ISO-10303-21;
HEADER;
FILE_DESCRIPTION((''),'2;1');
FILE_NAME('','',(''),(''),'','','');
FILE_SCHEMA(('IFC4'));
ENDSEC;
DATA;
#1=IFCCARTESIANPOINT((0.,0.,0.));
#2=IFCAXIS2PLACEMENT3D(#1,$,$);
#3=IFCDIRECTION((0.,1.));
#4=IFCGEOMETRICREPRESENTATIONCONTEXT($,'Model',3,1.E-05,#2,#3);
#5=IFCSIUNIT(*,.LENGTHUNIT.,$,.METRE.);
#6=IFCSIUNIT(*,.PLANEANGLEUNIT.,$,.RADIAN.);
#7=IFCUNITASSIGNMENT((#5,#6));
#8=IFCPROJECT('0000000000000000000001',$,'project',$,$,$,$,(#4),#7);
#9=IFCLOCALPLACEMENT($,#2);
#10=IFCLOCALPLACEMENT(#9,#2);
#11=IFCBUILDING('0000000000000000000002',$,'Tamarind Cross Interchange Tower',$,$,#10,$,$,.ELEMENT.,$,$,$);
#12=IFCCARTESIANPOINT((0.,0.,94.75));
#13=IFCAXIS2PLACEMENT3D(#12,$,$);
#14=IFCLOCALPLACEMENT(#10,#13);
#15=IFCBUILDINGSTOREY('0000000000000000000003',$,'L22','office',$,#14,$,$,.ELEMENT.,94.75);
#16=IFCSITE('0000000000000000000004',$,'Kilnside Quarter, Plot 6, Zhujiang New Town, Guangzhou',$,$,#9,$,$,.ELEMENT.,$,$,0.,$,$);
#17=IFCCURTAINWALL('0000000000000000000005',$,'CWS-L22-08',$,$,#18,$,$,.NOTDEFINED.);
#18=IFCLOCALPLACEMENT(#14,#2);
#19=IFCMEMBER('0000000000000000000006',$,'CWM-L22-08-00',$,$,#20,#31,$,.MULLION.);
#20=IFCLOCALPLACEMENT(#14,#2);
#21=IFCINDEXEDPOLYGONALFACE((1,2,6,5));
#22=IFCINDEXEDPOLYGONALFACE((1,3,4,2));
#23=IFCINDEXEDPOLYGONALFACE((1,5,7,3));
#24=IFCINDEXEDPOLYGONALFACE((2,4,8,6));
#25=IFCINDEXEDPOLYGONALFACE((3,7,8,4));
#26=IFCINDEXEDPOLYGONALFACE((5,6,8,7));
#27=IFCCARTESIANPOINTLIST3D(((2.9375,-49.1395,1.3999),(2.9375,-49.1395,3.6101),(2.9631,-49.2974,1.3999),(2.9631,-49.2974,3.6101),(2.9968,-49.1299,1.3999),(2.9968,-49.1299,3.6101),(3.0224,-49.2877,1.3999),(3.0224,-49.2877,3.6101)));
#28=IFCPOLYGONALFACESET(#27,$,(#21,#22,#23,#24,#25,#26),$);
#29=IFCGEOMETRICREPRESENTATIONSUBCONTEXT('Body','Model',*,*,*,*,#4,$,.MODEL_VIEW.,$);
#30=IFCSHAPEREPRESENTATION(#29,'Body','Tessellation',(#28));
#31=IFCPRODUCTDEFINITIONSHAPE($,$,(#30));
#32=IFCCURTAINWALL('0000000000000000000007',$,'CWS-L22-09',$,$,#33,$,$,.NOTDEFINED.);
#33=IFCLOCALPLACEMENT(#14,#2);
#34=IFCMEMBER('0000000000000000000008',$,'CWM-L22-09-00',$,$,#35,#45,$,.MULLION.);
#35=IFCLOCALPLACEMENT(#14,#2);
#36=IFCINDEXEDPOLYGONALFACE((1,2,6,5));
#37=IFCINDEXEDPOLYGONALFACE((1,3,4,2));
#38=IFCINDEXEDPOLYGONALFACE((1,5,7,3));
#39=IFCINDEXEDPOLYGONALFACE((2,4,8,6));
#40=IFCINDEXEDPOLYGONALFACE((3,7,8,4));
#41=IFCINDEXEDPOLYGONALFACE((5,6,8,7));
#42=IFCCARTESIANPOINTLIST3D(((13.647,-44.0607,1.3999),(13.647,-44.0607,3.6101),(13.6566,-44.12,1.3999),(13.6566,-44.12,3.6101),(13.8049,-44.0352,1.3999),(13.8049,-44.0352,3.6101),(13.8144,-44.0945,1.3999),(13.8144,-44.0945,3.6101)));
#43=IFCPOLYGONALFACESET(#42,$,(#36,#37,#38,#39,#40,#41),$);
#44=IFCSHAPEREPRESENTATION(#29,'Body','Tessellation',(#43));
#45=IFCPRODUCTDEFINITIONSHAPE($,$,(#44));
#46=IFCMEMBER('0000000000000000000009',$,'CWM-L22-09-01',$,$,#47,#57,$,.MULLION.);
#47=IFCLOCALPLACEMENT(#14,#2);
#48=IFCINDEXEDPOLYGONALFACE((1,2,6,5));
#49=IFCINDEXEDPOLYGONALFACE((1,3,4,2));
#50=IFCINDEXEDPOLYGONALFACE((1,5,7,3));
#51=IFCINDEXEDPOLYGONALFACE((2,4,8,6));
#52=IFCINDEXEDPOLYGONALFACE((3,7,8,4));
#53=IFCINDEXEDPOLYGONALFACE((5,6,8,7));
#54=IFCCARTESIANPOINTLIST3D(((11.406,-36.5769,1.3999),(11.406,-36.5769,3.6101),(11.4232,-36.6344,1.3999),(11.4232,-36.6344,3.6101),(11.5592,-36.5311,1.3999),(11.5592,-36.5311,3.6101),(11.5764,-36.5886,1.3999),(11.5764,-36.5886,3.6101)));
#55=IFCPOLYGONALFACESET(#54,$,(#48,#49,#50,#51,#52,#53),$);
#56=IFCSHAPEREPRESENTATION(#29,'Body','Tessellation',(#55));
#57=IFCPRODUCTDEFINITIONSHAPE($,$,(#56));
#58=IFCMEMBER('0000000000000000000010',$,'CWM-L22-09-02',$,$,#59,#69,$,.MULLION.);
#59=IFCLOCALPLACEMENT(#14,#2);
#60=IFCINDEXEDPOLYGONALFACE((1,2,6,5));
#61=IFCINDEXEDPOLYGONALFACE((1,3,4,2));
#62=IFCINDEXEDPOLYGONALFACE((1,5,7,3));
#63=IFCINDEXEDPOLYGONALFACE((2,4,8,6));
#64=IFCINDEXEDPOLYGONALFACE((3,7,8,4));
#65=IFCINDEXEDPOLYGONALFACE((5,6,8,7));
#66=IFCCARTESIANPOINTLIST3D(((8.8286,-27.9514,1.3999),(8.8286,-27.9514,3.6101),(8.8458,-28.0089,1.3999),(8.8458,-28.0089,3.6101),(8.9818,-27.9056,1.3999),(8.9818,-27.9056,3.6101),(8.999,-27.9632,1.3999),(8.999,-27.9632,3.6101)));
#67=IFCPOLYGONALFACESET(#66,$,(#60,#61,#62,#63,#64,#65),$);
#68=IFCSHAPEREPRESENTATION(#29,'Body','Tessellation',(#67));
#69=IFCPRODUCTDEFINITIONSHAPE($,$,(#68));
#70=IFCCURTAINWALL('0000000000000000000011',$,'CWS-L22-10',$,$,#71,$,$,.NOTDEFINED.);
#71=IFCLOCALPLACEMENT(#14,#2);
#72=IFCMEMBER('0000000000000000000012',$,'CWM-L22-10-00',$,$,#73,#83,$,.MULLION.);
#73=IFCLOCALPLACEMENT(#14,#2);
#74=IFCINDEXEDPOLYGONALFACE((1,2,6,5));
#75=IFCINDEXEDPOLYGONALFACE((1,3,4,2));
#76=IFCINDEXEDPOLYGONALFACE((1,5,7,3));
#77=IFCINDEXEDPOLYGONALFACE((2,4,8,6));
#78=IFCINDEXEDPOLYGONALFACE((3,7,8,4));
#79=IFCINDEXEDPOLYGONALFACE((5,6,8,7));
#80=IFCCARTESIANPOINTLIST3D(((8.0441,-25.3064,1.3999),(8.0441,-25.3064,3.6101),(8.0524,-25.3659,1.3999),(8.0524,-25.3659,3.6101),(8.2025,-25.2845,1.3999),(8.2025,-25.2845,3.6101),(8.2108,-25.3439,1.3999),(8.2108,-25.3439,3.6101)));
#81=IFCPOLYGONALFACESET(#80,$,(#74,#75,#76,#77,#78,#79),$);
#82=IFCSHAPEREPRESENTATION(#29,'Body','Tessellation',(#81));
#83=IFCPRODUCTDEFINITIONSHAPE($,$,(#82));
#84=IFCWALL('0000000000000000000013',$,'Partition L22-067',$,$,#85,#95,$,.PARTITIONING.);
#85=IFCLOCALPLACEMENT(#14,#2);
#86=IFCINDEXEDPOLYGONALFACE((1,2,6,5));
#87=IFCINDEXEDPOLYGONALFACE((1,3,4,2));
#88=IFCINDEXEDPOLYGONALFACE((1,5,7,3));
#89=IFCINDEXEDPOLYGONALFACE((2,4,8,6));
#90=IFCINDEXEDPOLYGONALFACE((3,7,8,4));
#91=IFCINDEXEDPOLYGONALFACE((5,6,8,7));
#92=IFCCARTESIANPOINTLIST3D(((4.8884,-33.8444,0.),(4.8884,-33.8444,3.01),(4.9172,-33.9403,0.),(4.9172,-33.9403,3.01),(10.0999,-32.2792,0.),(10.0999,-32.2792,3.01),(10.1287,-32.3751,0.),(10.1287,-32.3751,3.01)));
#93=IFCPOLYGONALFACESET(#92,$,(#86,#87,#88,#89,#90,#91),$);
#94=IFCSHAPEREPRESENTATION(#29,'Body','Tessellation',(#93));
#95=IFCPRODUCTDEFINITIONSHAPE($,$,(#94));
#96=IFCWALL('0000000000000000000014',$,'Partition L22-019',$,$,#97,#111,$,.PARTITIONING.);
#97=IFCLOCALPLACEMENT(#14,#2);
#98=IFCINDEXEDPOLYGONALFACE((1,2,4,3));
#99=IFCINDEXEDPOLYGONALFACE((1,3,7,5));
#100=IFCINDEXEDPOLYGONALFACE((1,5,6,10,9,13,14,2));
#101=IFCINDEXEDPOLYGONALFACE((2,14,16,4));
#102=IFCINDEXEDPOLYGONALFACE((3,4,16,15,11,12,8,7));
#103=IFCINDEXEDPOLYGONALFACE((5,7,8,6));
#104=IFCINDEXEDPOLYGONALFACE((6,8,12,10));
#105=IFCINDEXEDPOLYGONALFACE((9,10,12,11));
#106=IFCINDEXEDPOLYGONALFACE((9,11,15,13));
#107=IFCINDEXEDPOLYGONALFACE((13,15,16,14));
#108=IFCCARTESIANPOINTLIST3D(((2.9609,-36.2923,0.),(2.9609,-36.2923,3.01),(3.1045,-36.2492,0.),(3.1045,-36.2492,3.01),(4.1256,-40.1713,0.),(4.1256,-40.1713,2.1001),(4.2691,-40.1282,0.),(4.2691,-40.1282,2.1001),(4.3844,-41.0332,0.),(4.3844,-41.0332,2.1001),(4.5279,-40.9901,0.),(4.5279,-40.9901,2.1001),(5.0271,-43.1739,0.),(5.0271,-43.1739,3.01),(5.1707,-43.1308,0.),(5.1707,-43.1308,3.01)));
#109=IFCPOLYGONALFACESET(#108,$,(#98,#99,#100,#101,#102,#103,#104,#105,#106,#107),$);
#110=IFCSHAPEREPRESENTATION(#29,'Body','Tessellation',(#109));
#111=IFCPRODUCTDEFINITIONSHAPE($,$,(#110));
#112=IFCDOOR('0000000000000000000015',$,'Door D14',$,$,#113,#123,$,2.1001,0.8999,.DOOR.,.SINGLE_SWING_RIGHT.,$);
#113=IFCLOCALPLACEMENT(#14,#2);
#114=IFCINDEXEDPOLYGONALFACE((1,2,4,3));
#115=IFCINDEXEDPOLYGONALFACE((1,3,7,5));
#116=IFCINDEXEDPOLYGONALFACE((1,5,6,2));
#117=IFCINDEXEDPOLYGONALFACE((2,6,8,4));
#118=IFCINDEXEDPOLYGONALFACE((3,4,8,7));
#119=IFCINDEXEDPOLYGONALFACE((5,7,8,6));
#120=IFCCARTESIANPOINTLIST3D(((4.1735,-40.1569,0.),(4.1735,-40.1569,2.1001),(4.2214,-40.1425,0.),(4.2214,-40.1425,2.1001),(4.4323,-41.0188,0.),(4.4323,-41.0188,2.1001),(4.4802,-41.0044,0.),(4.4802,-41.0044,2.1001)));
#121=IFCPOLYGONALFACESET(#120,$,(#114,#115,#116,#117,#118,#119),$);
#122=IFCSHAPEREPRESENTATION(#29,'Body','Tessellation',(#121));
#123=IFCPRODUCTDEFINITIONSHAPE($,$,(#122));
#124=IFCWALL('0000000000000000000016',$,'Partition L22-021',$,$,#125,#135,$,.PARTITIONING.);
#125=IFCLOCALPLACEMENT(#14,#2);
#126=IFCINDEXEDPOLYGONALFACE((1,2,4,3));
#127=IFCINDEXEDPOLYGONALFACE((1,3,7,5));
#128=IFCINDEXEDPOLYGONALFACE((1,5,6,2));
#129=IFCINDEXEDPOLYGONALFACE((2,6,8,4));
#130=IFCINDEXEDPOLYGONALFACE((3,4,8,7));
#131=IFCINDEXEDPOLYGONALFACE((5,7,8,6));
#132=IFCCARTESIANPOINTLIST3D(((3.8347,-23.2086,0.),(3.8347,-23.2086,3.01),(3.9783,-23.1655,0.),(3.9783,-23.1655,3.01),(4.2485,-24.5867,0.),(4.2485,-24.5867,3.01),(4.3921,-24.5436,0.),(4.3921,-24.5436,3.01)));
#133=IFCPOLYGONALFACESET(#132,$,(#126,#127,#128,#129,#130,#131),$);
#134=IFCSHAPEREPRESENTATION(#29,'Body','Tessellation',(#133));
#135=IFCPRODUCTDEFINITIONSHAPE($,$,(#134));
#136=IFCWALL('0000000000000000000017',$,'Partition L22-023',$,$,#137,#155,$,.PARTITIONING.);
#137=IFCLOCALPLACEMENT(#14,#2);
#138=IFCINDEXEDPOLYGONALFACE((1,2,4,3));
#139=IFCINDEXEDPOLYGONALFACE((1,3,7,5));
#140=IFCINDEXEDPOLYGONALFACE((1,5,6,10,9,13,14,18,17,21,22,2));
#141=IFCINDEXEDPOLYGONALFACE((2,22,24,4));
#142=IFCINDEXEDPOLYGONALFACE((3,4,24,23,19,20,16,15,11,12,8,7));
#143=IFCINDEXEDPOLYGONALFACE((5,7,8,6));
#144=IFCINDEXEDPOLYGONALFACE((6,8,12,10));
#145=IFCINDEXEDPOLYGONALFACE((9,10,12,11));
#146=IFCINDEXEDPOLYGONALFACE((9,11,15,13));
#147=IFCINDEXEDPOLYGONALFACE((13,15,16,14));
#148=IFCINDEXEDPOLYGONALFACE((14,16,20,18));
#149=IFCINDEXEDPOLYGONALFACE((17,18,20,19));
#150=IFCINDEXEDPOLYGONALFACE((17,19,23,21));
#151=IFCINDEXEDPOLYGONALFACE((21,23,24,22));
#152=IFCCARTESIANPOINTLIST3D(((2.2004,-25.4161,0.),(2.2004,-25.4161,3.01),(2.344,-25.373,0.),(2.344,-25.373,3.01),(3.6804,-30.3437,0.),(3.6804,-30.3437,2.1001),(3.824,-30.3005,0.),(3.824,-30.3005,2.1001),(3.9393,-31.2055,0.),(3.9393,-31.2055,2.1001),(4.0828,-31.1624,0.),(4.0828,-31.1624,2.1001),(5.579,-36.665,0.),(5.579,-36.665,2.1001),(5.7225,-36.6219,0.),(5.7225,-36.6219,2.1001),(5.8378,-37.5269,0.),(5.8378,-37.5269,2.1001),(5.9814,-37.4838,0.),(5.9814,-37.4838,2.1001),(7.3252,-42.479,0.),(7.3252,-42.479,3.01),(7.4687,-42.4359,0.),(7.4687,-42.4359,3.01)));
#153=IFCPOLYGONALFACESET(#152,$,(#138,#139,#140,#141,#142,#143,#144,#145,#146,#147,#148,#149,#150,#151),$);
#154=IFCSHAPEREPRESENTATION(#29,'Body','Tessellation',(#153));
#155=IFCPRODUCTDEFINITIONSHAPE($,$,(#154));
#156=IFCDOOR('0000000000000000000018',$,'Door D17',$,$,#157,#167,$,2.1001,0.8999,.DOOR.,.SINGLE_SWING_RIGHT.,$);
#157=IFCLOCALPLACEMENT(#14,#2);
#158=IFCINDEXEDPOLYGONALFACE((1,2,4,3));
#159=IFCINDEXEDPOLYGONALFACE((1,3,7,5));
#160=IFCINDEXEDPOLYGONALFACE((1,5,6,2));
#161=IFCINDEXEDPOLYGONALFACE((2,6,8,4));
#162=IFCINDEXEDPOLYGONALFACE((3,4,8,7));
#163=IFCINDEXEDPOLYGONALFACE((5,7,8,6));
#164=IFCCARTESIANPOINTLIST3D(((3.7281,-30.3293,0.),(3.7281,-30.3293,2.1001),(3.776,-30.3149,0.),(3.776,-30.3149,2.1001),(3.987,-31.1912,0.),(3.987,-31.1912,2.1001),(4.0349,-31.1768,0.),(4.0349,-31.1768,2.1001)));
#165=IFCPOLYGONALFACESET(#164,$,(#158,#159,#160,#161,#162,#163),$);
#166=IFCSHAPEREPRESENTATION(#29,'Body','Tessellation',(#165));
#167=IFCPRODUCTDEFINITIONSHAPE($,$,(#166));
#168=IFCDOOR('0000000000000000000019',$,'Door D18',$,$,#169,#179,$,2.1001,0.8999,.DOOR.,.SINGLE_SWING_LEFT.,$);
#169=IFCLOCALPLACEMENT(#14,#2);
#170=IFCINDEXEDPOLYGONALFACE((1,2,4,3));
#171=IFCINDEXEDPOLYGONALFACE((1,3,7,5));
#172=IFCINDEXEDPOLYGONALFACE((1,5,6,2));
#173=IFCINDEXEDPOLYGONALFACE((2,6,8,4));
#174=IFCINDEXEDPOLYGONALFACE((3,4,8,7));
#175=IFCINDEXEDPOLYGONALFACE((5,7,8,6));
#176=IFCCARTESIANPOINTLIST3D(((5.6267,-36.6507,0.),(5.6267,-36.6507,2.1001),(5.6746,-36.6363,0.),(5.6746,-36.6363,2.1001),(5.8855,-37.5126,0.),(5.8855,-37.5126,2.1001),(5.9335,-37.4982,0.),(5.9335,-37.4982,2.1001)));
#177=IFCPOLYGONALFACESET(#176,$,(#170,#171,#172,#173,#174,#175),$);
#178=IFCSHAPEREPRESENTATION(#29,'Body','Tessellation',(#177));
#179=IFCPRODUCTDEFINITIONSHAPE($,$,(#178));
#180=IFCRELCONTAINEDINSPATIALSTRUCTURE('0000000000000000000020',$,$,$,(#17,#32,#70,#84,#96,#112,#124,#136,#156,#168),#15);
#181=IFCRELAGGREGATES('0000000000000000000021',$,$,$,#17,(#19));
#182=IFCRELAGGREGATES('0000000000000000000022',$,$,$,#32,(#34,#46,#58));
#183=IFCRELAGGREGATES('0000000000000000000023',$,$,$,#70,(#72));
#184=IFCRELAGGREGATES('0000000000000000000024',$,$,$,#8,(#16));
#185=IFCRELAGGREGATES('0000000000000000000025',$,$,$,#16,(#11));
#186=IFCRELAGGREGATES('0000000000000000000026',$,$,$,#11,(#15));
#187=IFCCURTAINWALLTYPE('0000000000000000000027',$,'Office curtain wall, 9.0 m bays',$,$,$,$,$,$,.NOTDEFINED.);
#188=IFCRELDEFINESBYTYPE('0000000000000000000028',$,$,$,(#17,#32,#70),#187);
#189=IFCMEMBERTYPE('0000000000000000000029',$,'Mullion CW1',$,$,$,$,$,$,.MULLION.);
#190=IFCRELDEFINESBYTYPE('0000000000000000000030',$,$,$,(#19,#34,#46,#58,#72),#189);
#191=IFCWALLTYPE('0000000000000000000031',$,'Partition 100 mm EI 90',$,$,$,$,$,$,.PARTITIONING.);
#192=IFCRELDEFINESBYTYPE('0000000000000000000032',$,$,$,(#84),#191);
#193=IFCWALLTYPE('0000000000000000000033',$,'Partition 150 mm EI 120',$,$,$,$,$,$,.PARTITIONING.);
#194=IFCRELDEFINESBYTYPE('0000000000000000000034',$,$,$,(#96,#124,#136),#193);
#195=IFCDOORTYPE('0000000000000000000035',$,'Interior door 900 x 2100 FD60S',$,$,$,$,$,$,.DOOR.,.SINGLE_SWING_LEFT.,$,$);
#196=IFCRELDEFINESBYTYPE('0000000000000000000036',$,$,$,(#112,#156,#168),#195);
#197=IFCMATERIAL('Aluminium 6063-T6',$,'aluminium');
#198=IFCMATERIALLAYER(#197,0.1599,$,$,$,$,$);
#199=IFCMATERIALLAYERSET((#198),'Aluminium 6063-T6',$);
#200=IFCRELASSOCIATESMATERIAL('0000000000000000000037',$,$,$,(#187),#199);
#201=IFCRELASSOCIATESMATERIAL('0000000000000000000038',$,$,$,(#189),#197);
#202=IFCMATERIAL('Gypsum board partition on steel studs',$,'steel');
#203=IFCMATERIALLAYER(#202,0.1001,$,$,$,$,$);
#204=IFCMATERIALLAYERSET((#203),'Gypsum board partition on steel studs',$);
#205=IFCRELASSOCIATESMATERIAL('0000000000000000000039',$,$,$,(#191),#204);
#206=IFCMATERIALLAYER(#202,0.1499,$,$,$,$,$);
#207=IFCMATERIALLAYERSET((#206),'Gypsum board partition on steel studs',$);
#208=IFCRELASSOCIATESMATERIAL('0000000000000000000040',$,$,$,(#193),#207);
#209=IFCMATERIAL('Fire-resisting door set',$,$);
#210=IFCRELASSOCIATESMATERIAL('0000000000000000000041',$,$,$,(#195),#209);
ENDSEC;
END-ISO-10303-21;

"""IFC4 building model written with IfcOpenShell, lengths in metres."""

from ifc_helpers import new_model, si_unit, direction, frame, frame_2d, origin, origin_2d, place, context, subcontext, project, spatial, rectangle, extrude, material, layer, layer_set, material_profile, profile_set, type_object, element, fill, aggregate, save


model = new_model("IFC4")

# Units and contexts
model_context = context("Model", 3, precision=1e-05, world=origin(), true_north=direction((0.0, 1.0)))
body_context = subcontext(model_context, "Body", "Model", "MODEL_VIEW")
ifc_project = project(units=[si_unit("LENGTHUNIT", "METRE"), si_unit("PLANEANGLEUNIT", "RADIAN")], contexts=[model_context])

# Site, building, storey
site_placement = place(None, origin())
site = spatial("IfcSite", under=ifc_project, at=site_placement, Name="Kilnside Quarter, Plot 6, Zhujiang New Town, Guangzhou", CompositionType="ELEMENT", RefElevation=0.0)
building_placement = place(site_placement, origin())
building = spatial("IfcBuilding", under=site, at=building_placement, Name="Tamarind Cross Interchange Tower", CompositionType="ELEMENT")
storey_placement = place(building_placement, frame((0.0, 0.0, 94.75)))
storey = spatial("IfcBuildingStorey", under=building, at=storey_placement, Name="L22", Description="office", CompositionType="ELEMENT", Elevation=94.75)

# Curtain wall, member
ifc_material_1 = material(Name="Aluminium 6063-T6", Category="aluminium")
ifc_layer_1 = layer(ifc_material_1, 0.1599)
ifc_layer_set_1 = layer_set([ifc_layer_1], Name="Aluminium 6063-T6")
curtain_wall_type = type_object("IfcCurtainWallType", Name="Office curtain wall, 9.0 m bays", PredefinedType="NOTDEFINED", material=ifc_layer_set_1)
curtain_wall_1_placement = place(storey_placement, origin())
curtain_wall_1 = element("IfcCurtainWall", 1, at=curtain_wall_1_placement, inside=storey, type_object=curtain_wall_type, Name="CWS-L22-08", PredefinedType="NOTDEFINED")
ifc_material_profile_1 = material_profile(ifc_material_1, rectangle(XDim=0.0601, YDim=0.1599, at=origin_2d()), Name="Mullion CW1")
ifc_profile_set_1 = profile_set([ifc_material_profile_1], Name="Aluminium 6063-T6")
member_type = type_object("IfcMemberType", Name="Mullion CW1", PredefinedType="MULLION", material=ifc_profile_set_1)
member_1_placement = place(storey_placement, frame((2.98, -49.2136, 1.3999), z_axis=(0.0, 0.0, 1.0), x_axis=(0.987089, 0.160171, 0.0)))
member_1 = element("IfcMember", 2, at=member_1_placement, type_object=member_type, Name="CWM-L22-08-00", PredefinedType="MULLION", context=body_context, shape_type="SweptSolid", body=[
    extrude(rectangle(XDim=0.0601, YDim=0.1599, at=origin_2d()), origin(), (0.0, 0.0, 1.0), 2.2102),
])
aggregate(curtain_wall_1, [member_1])

# Curtain wall, members
curtain_wall_2_placement = place(storey_placement, origin())
curtain_wall_2 = element("IfcCurtainWall", 3, at=curtain_wall_2_placement, inside=storey, type_object=curtain_wall_type, Name="CWS-L22-09", PredefinedType="NOTDEFINED")
member_2_placement = place(storey_placement, frame((13.7307, -44.0776, 1.3999), z_axis=(0.0, 0.0, 1.0), x_axis=(-0.159482, 0.987201, 0.0)))
member_2 = element("IfcMember", 4, at=member_2_placement, type_object=member_type, Name="CWM-L22-09-00", PredefinedType="MULLION", context=body_context, shape_type="SweptSolid", body=[
    extrude(rectangle(XDim=0.0601, YDim=0.1599, at=origin_2d()), origin(), (0.0, 0.0, 1.0), 2.2102),
])
member_3_placement = place(storey_placement, frame((11.4912, -36.5828, 1.3999), z_axis=(0.0, 0.0, 1.0), x_axis=(-0.286304, 0.958139, 0.0)))
member_3 = element("IfcMember", 5, at=member_3_placement, type_object=member_type, Name="CWM-L22-09-01", PredefinedType="MULLION", context=body_context, shape_type="SweptSolid", body=[
    extrude(rectangle(XDim=0.0601, YDim=0.1599, at=origin_2d()), origin(), (0.0, 0.0, 1.0), 2.2102),
])
member_4_placement = place(storey_placement, frame((8.9138, -27.9573, 1.3999), z_axis=(0.0, 0.0, 1.0), x_axis=(-0.286304, 0.958139, 0.0)))
member_4 = element("IfcMember", 6, at=member_4_placement, type_object=member_type, Name="CWM-L22-09-02", PredefinedType="MULLION", context=body_context, shape_type="SweptSolid", body=[
    extrude(rectangle(XDim=0.0601, YDim=0.1599, at=origin_2d()), origin(), (0.0, 0.0, 1.0), 2.2102),
])
aggregate(curtain_wall_2, [member_2, member_3, member_4])

# Curtain wall, member
curtain_wall_3_placement = place(storey_placement, origin())
curtain_wall_3 = element("IfcCurtainWall", 7, at=curtain_wall_3_placement, inside=storey, type_object=curtain_wall_type, Name="CWS-L22-10", PredefinedType="NOTDEFINED")
member_5_placement = place(storey_placement, frame((8.1274, -25.3252, 1.3999), z_axis=(0.0, 0.0, 1.0), x_axis=(-0.13754, 0.990496, 0.0)))
member_5 = element("IfcMember", 8, at=member_5_placement, type_object=member_type, Name="CWM-L22-10-00", PredefinedType="MULLION", context=body_context, shape_type="SweptSolid", body=[
    extrude(rectangle(XDim=0.0601, YDim=0.1599, at=origin_2d()), origin(), (0.0, 0.0, 1.0), 2.2102),
])
aggregate(curtain_wall_3, [member_5])

# Wall
ifc_material_2 = material(Name="Gypsum board partition on steel studs", Category="steel")
ifc_layer_2 = layer(ifc_material_2, 0.1001)
ifc_layer_set_2 = layer_set([ifc_layer_2], Name="Gypsum board partition on steel studs")
wall_type_1 = type_object("IfcWallType", Name="Partition 100 mm EI 90", PredefinedType="PARTITIONING", material=ifc_layer_set_2)
wall_1_placement = place(storey_placement, frame((4.9028, -33.8923, 0.0), z_axis=(0.0, 0.0, 1.0), x_axis=(0.957737, 0.287644, 0.0)))
element("IfcWall", 9, at=wall_1_placement, inside=storey, type_object=wall_type_1, Name="Partition L22-067", PredefinedType="PARTITIONING", context=body_context, shape_type="SweptSolid", body=[
    extrude(rectangle(XDim=5.4414, YDim=0.1001, at=frame_2d((2.7207, 0.0))), origin(), (0.0, 0.0, 1.0), 3.01),
])

# Wall, opening, door
ifc_layer_3 = layer(ifc_material_2, 0.1499)
ifc_layer_set_3 = layer_set([ifc_layer_3], Name="Gypsum board partition on steel studs")
wall_type_2 = type_object("IfcWallType", Name="Partition 150 mm EI 120", PredefinedType="PARTITIONING", material=ifc_layer_set_3)
wall_2_placement = place(storey_placement, frame((3.0327, -36.2708, 0.0), z_axis=(0.0, 0.0, 1.0), x_axis=(0.287563, -0.957762, 0.0)))
wall_2 = element("IfcWall", 10, at=wall_2_placement, inside=storey, type_object=wall_type_2, Name="Partition L22-019", PredefinedType="PARTITIONING", context=body_context, shape_type="SweptSolid", body=[
    extrude(rectangle(XDim=7.1851, YDim=0.1499, at=frame_2d((3.5925, 0.0))), origin(), (0.0, 0.0, 1.0), 3.01),
])
opening_1_placement = place(wall_2_placement, frame((4.05, 0.0, 0.0)))
opening_1 = element("IfcOpeningElement", 11, at=opening_1_placement, cuts=wall_2, PredefinedType="OPENING", context=body_context, shape_type="SweptSolid", body=[
    extrude(rectangle(XDim=0.8999, YDim=2.1001, at=frame_2d((0.45, 1.05))), frame((0.0, 0.085, 0.0), z_axis=(0.0, -1.0, 0.0), x_axis=(1.0, 0.0, 0.0)), (0.0, 0.0, 1.0), 0.1699),
])
ifc_material_3 = material(Name="Fire-resisting door set")
door_type_1 = type_object("IfcDoorType", Name="Interior door 900 x 2100 FD60S", OperationType="SINGLE_SWING_LEFT", PredefinedType="DOOR", material=ifc_material_3)
door_1_placement = place(opening_1_placement, frame((0.8999, 0.0, 0.0), z_axis=(0.0, 0.0, 1.0), x_axis=(-1.0, 0.0, 0.0)))
door_1 = element("IfcDoor", 12, at=door_1_placement, inside=storey, type_object=door_type_1, Name="Door D14", OperationType="SINGLE_SWING_RIGHT", OverallHeight=2.1001, OverallWidth=0.8999, PredefinedType="DOOR", context=body_context, shape_type="SweptSolid", body=[
    extrude(rectangle(XDim=0.8999, YDim=2.1001, at=frame_2d((0.45, 1.05))), frame((0.0, 0.0249, 0.0), z_axis=(0.0, -1.0, 0.0), x_axis=(1.0, 0.0, 0.0)), (0.0, 0.0, 1.0), 0.05),
])
fill(opening_1, door_1)

# Wall
wall_3_placement = place(storey_placement, frame((3.9065, -23.187, 0.0), z_axis=(0.0, 0.0, 1.0), x_axis=(0.287581, -0.957756, 0.0)))
element("IfcWall", 13, at=wall_3_placement, inside=storey, type_object=wall_type_2, Name="Partition L22-021", PredefinedType="PARTITIONING", context=body_context, shape_type="SweptSolid", body=[
    extrude(rectangle(XDim=1.439, YDim=0.1499, at=frame_2d((0.7195, 0.0))), origin(), (0.0, 0.0, 1.0), 3.01),
])

# Wall, openings, doors
wall_4_placement = place(storey_placement, frame((2.2722, -25.3945, 0.0), z_axis=(0.0, 0.0, 1.0), x_axis=(0.28765, -0.957736, 0.0)))
wall_4 = element("IfcWall", 14, at=wall_4_placement, inside=storey, type_object=wall_type_2, Name="Partition L22-023", PredefinedType="PARTITIONING", context=body_context, shape_type="SweptSolid", body=[
    extrude(rectangle(XDim=17.8159, YDim=0.1499, at=frame_2d((8.908, 0.0))), origin(), (0.0, 0.0, 1.0), 3.01),
])
opening_2_placement = place(wall_4_placement, frame((5.145, 0.0, 0.0)))
opening_2 = element("IfcOpeningElement", 15, at=opening_2_placement, cuts=wall_4, PredefinedType="OPENING", context=body_context, shape_type="SweptSolid", body=[
    extrude(rectangle(XDim=0.8999, YDim=2.1001, at=frame_2d((0.45, 1.05))), frame((0.0, 0.085, 0.0), z_axis=(0.0, -1.0, 0.0), x_axis=(1.0, 0.0, 0.0)), (0.0, 0.0, 1.0), 0.1699),
])
opening_3_placement = place(wall_4_placement, frame((11.7454, 0.0, 0.0)))
opening_3 = element("IfcOpeningElement", 16, at=opening_3_placement, cuts=wall_4, PredefinedType="OPENING", context=body_context, shape_type="SweptSolid", body=[
    extrude(rectangle(XDim=0.8999, YDim=2.1001, at=frame_2d((0.45, 1.05))), frame((0.0, 0.085, 0.0), z_axis=(0.0, -1.0, 0.0), x_axis=(1.0, 0.0, 0.0)), (0.0, 0.0, 1.0), 0.1699),
])
door_2_placement = place(opening_2_placement, origin())
door_2 = element("IfcDoor", 17, at=door_2_placement, inside=storey, type_object=door_type_1, Name="Door D17", OperationType="SINGLE_SWING_RIGHT", OverallHeight=2.1001, OverallWidth=0.8999, PredefinedType="DOOR", context=body_context, shape_type="SweptSolid", body=[
    extrude(rectangle(XDim=0.8999, YDim=2.1001, at=frame_2d((0.45, 1.05))), frame((0.0, 0.0249, 0.0), z_axis=(0.0, -1.0, 0.0), x_axis=(1.0, 0.0, 0.0)), (0.0, 0.0, 1.0), 0.05),
])
fill(opening_2, door_2)
door_3_placement = place(opening_3_placement, origin())
door_3 = element("IfcDoor", 18, at=door_3_placement, inside=storey, type_object=door_type_1, Name="Door D18", OperationType="SINGLE_SWING_LEFT", OverallHeight=2.1001, OverallWidth=0.8999, PredefinedType="DOOR", context=body_context, shape_type="SweptSolid", body=[
    extrude(rectangle(XDim=0.8999, YDim=2.1001, at=frame_2d((0.45, 1.05))), frame((0.0, 0.0249, 0.0), z_axis=(0.0, -1.0, 0.0), x_axis=(1.0, 0.0, 0.0)), (0.0, 0.0, 1.0), 0.05),
])
fill(opening_3, door_3)

save(model, "model.ifc")
